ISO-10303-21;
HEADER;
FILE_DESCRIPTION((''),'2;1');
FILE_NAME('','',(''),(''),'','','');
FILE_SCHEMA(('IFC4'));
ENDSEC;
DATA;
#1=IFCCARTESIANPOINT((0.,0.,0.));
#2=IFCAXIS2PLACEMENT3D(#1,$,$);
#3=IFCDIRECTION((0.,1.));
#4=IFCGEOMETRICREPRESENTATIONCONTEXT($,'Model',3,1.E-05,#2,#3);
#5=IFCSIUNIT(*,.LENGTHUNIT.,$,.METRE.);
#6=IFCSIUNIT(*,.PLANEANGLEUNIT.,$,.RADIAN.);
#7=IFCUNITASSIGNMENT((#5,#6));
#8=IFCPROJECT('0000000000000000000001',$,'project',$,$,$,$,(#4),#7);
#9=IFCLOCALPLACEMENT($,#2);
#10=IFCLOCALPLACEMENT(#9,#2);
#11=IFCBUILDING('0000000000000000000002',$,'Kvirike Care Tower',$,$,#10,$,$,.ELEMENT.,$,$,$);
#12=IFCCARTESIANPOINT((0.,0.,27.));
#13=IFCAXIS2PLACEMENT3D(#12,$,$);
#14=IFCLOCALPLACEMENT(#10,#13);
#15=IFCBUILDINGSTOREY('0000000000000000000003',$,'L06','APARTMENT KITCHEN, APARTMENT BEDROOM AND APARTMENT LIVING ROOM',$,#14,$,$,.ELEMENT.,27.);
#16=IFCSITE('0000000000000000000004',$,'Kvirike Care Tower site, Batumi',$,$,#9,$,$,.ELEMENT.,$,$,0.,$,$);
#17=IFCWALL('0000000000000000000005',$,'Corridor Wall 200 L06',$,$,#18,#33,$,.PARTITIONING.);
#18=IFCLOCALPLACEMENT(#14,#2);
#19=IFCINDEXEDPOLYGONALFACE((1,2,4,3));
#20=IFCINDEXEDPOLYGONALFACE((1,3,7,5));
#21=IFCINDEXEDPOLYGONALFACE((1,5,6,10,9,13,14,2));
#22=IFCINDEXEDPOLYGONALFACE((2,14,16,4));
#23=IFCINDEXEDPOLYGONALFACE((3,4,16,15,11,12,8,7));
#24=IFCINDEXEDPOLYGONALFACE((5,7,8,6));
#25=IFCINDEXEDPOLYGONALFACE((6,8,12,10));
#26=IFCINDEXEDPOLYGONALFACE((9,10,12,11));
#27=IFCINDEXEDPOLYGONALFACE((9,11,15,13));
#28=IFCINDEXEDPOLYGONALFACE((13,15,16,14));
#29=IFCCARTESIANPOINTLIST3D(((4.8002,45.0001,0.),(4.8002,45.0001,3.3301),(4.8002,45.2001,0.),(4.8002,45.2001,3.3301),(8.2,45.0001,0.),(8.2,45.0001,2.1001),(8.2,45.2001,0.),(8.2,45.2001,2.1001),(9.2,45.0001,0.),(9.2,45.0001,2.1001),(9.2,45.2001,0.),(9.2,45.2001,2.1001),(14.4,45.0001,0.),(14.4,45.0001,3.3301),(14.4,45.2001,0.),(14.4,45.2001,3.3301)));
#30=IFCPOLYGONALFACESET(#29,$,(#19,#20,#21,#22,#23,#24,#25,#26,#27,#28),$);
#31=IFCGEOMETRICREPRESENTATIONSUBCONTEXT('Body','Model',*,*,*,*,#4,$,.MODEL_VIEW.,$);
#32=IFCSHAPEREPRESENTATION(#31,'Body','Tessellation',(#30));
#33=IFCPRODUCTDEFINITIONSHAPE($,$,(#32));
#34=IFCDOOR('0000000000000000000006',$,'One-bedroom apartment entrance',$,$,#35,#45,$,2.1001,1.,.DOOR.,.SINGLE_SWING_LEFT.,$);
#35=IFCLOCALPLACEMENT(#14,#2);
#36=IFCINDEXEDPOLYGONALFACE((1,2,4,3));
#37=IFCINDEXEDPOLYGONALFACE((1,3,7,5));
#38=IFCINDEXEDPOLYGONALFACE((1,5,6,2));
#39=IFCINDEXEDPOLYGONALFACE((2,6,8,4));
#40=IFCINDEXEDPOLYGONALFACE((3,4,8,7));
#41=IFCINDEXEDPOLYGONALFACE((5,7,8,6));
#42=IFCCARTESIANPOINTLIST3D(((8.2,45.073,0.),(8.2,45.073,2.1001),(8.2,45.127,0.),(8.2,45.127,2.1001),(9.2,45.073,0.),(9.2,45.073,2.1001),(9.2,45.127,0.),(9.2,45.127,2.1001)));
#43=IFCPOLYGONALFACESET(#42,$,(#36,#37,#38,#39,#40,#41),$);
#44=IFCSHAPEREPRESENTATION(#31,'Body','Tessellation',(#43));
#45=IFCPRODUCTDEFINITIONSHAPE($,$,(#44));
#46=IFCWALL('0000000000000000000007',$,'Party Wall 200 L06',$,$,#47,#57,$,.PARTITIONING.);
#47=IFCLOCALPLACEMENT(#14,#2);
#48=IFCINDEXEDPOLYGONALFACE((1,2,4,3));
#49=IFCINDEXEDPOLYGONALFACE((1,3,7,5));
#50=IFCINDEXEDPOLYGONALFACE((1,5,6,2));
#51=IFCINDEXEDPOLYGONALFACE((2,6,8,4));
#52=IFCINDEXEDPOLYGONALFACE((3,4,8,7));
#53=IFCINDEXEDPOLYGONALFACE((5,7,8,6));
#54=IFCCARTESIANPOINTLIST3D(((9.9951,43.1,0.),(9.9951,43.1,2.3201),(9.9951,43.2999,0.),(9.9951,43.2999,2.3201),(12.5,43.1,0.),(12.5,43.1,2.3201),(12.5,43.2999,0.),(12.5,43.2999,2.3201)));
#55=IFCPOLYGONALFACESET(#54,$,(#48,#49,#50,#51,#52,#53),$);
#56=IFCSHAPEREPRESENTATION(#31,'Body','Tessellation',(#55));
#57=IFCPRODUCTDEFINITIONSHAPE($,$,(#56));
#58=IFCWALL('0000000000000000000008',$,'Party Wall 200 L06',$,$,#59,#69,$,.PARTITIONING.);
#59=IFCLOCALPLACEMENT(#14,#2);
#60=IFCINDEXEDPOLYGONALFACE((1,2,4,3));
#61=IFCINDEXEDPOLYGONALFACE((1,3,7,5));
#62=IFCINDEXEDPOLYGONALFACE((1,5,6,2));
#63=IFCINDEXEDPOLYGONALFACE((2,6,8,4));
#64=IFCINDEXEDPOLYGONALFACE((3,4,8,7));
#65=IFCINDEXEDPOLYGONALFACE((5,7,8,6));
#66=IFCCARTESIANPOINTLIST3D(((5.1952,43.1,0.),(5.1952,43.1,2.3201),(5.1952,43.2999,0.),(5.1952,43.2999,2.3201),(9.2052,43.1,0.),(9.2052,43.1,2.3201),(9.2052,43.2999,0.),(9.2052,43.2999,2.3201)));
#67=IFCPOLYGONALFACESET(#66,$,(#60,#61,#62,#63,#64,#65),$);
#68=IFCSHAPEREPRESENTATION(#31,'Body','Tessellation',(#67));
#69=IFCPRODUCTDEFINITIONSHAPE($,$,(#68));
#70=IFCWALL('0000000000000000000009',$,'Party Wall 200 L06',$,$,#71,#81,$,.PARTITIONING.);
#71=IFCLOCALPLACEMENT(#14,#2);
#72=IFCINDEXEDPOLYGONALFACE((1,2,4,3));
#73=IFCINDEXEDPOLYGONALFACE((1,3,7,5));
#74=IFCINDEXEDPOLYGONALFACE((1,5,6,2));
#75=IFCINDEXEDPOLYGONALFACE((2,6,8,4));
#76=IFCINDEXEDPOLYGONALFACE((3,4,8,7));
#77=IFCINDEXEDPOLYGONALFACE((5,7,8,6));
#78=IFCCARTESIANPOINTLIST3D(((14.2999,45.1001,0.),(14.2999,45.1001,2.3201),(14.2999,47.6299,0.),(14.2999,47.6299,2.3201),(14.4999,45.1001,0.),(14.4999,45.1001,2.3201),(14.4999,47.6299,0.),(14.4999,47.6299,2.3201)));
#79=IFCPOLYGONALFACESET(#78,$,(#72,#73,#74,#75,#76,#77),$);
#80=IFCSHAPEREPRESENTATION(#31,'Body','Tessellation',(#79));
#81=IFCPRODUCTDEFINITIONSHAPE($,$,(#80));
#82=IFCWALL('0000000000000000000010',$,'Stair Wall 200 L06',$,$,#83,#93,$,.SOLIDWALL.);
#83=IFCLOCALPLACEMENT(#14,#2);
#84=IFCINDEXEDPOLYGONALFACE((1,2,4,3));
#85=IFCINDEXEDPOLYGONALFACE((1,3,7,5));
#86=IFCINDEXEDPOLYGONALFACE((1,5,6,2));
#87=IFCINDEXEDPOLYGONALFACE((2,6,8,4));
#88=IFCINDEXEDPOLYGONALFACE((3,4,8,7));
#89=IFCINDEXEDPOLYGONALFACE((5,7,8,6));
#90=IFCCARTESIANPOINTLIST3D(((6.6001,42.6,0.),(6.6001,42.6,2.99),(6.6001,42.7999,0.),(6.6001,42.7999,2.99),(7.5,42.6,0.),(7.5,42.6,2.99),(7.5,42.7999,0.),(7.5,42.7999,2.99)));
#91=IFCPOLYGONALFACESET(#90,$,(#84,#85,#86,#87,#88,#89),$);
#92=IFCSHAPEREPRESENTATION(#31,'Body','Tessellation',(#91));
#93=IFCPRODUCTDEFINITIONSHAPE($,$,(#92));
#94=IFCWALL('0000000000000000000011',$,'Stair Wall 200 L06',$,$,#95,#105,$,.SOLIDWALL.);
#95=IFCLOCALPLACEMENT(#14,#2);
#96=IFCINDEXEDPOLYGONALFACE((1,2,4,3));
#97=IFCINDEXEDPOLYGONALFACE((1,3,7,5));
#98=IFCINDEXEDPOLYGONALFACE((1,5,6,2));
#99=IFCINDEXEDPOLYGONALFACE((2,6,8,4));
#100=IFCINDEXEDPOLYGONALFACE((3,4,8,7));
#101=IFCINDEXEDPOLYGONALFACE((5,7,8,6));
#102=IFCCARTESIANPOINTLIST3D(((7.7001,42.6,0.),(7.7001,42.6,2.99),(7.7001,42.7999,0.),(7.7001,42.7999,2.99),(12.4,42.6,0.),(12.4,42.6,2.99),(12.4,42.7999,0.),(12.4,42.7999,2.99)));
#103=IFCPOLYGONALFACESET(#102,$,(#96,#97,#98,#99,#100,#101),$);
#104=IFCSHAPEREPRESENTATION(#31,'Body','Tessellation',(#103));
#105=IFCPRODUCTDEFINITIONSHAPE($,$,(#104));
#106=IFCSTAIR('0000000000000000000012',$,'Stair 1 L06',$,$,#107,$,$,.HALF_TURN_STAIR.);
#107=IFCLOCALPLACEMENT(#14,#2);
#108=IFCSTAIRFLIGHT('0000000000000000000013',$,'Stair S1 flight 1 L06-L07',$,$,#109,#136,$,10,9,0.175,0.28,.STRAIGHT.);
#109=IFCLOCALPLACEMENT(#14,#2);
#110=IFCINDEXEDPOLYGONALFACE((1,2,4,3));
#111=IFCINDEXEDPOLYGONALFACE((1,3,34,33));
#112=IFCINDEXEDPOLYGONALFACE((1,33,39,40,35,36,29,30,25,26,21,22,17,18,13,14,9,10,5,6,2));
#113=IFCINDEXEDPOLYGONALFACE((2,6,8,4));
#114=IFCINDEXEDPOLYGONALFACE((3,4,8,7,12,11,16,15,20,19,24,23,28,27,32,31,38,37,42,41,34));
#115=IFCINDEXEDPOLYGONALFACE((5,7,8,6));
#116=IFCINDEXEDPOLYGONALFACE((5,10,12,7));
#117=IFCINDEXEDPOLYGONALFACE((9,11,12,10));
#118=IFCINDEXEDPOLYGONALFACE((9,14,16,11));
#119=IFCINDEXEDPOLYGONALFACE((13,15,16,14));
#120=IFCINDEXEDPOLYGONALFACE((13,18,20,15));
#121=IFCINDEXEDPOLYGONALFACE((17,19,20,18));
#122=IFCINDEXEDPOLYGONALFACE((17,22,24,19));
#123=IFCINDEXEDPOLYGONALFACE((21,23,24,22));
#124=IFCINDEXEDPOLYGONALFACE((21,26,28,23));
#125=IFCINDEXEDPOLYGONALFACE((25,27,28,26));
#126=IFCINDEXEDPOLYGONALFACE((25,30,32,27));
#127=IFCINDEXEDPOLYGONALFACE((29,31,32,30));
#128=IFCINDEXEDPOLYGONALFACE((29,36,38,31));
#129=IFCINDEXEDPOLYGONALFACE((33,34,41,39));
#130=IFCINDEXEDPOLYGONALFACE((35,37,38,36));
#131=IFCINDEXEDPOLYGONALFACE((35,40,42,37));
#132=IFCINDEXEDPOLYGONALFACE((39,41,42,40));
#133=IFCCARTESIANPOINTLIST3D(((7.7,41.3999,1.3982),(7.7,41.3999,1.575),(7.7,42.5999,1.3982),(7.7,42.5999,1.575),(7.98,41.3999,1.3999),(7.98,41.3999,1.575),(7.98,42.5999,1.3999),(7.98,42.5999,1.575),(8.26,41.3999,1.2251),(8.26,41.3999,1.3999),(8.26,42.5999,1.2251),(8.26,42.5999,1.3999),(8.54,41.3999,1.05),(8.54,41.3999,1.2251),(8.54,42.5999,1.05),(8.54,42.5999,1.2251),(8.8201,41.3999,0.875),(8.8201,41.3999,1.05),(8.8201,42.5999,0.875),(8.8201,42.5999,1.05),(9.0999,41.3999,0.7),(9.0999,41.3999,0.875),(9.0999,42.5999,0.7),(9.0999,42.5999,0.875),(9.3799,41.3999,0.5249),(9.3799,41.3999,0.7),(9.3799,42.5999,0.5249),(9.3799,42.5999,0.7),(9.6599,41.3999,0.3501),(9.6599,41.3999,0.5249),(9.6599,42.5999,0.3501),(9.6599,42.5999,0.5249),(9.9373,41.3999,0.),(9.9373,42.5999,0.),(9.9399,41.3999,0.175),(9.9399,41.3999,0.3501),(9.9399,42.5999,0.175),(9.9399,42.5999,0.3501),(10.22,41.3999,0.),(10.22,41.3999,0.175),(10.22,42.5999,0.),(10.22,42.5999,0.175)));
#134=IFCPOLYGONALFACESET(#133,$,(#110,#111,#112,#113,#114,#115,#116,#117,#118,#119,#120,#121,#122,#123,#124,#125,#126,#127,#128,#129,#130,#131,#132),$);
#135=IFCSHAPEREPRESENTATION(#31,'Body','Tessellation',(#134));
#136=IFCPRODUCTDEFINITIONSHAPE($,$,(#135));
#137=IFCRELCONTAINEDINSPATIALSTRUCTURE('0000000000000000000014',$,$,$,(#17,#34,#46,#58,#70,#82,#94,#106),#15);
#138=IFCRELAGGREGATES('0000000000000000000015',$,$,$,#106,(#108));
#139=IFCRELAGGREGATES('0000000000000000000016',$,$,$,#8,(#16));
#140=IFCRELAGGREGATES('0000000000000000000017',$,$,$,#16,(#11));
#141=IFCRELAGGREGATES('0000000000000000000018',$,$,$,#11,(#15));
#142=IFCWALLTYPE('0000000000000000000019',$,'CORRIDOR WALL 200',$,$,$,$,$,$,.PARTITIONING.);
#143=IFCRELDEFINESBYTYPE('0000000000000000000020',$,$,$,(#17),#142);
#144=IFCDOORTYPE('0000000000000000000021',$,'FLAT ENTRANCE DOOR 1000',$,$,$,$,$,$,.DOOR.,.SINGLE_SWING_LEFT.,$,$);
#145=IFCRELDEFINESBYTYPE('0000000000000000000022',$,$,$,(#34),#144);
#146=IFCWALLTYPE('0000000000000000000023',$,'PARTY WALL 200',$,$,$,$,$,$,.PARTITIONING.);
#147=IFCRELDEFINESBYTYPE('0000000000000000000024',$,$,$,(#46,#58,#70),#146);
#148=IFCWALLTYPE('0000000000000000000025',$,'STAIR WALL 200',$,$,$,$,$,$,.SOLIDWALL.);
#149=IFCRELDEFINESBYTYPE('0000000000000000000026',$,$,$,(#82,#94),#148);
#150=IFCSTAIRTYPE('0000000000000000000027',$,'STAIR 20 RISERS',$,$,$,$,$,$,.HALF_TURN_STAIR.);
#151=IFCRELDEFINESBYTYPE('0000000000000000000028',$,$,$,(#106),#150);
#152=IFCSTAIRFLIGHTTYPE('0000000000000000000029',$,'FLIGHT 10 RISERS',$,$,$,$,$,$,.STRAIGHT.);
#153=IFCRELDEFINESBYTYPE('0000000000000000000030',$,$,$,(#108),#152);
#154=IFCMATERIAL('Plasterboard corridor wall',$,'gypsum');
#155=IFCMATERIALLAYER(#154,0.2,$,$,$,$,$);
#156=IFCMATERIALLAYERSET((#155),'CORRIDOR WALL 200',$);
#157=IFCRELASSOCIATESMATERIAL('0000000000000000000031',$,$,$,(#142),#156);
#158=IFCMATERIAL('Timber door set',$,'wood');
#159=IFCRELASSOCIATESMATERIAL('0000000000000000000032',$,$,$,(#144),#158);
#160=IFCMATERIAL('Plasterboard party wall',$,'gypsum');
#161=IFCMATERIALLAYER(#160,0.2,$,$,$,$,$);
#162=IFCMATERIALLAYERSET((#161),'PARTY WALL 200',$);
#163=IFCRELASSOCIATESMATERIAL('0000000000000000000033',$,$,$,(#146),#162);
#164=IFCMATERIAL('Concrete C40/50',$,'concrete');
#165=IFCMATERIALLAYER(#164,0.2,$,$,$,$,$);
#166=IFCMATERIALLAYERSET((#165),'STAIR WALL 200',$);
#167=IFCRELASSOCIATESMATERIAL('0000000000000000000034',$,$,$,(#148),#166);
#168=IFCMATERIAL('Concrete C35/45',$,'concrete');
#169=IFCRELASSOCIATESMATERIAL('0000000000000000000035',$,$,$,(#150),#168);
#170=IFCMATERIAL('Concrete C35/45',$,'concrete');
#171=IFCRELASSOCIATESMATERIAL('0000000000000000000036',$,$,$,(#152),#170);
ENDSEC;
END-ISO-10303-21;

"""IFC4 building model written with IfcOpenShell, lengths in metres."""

from ifc_helpers import new_model, si_unit, direction, frame, frame_2d, origin, place, context, subcontext, project, spatial, polyline, rectangle, outline, extrude, material, layer, layer_set, type_object, element, fill, aggregate, save


model = new_model("IFC4")

# Units and contexts
model_context = context("Model", 3, precision=1e-05, world=origin(), true_north=direction((0.0, 1.0)))
body_context = subcontext(model_context, "Body", "Model", "MODEL_VIEW")
ifc_project = project(units=[si_unit("LENGTHUNIT", "METRE"), si_unit("PLANEANGLEUNIT", "RADIAN")], contexts=[model_context])

# Site, building, storey
site_placement = place(None, origin())
site = spatial("IfcSite", under=ifc_project, at=site_placement, Name="Kvirike Care Tower site, Batumi", CompositionType="ELEMENT", RefElevation=0.0)
building_placement = place(site_placement, origin())
building = spatial("IfcBuilding", under=site, at=building_placement, Name="Kvirike Care Tower", CompositionType="ELEMENT")
storey_placement = place(building_placement, frame((0.0, 0.0, 27.0)))
storey = spatial("IfcBuildingStorey", under=building, at=storey_placement, Name="L06", Description="APARTMENT KITCHEN, APARTMENT BEDROOM AND APARTMENT LIVING ROOM", CompositionType="ELEMENT", Elevation=27.0)

# Shared definitions
ifc_material_1 = material(Name="Plasterboard corridor wall", Category="gypsum")
ifc_layer_1 = layer(ifc_material_1, 0.2)
ifc_layer_set_1 = layer_set([ifc_layer_1], Name="CORRIDOR WALL 200")
wall_type_1 = type_object("IfcWallType", Name="CORRIDOR WALL 200", PredefinedType="PARTITIONING", material=ifc_layer_set_1)
ifc_material_2 = material(Name="Timber door set", Category="wood")
door_type_1 = type_object("IfcDoorType", Name="FLAT ENTRANCE DOOR 1000", OperationType="SINGLE_SWING_LEFT", PredefinedType="DOOR", material=ifc_material_2)

# Wall, opening, door
wall_1_placement = place(storey_placement, frame((14.3999, 45.1001, 0.0), z_axis=(0.0, 0.0, 1.0), x_axis=(-1.0, 0.0, 0.0)))
wall_1 = element("IfcWall", 1, at=wall_1_placement, inside=storey, type_object=wall_type_1, Name="Corridor Wall 200 L06", PredefinedType="PARTITIONING", context=body_context, shape_type="SweptSolid", body=[
    extrude(rectangle(XDim=9.5999, YDim=0.2, at=frame_2d((4.7998, 0.0))), origin(), (0.0, 0.0, 1.0), 3.3301),
])
opening_1_placement = place(wall_1_placement, frame((5.2, 0.0, 0.0)))
opening_1 = element("IfcOpeningElement", 2, at=opening_1_placement, cuts=wall_1, PredefinedType="OPENING", context=body_context, shape_type="SweptSolid", body=[
    extrude(rectangle(XDim=1.0, YDim=2.1001, at=frame_2d((0.5, 1.05))), frame((0.0, 0.1106, 0.0), z_axis=(0.0, -1.0, 0.0), x_axis=(1.0, 0.0, 0.0)), (0.0, 0.0, 1.0), 0.2209),
])
door_1_placement = place(opening_1_placement, frame((1.0, 0.0, 0.0), z_axis=(0.0, 0.0, 1.0), x_axis=(-1.0, 0.0, 0.0)))
door_1 = element("IfcDoor", 3, at=door_1_placement, inside=storey, type_object=door_type_1, Name="One-bedroom apartment entrance", OperationType="SINGLE_SWING_LEFT", OverallHeight=2.1001, OverallWidth=1.0, PredefinedType="DOOR", context=body_context, shape_type="SweptSolid", body=[
    extrude(rectangle(XDim=1.0, YDim=2.1001, at=frame_2d((0.5, 1.05))), frame((0.0, 0.0269, 0.0), z_axis=(0.0, -1.0, 0.0), x_axis=(1.0, 0.0, 0.0)), (0.0, 0.0, 1.0), 0.054),
])
fill(opening_1, door_1)

# Walls
ifc_material_3 = material(Name="Plasterboard party wall", Category="gypsum")
ifc_layer_2 = layer(ifc_material_3, 0.2)
ifc_layer_set_2 = layer_set([ifc_layer_2], Name="PARTY WALL 200")
wall_type_2 = type_object("IfcWallType", Name="PARTY WALL 200", PredefinedType="PARTITIONING", material=ifc_layer_set_2)
wall_2_placement = place(storey_placement, frame((12.5, 43.2, 0.0), z_axis=(0.0, 0.0, 1.0), x_axis=(-1.0, 0.0, 0.0)))
element("IfcWall", 4, at=wall_2_placement, inside=storey, type_object=wall_type_2, Name="Party Wall 200 L06", PredefinedType="PARTITIONING", context=body_context, shape_type="SweptSolid", body=[
    extrude(rectangle(XDim=2.5049, YDim=0.2, at=frame_2d((1.2524, 0.0))), origin(), (0.0, 0.0, 1.0), 2.3201),
])
wall_3_placement = place(storey_placement, frame((9.2051, 43.2, 0.0), z_axis=(0.0, 0.0, 1.0), x_axis=(-1.0, 0.0, 0.0)))
element("IfcWall", 5, at=wall_3_placement, inside=storey, type_object=wall_type_2, Name="Party Wall 200 L06", PredefinedType="PARTITIONING", context=body_context, shape_type="SweptSolid", body=[
    extrude(rectangle(XDim=4.01, YDim=0.2, at=frame_2d((2.0049, 0.0))), origin(), (0.0, 0.0, 1.0), 2.3201),
])
wall_4_placement = place(storey_placement, frame((14.3999, 45.1001, 0.0), z_axis=(0.0, 0.0, 1.0), x_axis=(0.0, 1.0, 0.0)))
element("IfcWall", 6, at=wall_4_placement, inside=storey, type_object=wall_type_2, Name="Party Wall 200 L06", PredefinedType="PARTITIONING", context=body_context, shape_type="SweptSolid", body=[
    extrude(rectangle(XDim=2.5298, YDim=0.2, at=frame_2d((1.2649, 0.0))), origin(), (0.0, 0.0, 1.0), 2.3201),
])
ifc_material_4 = material(Name="Concrete C40/50", Category="concrete")
ifc_layer_3 = layer(ifc_material_4, 0.2)
ifc_layer_set_3 = layer_set([ifc_layer_3], Name="STAIR WALL 200")
wall_type_3 = type_object("IfcWallType", Name="STAIR WALL 200", PredefinedType="SOLIDWALL", material=ifc_layer_set_3)
wall_5_placement = place(storey_placement, frame((6.6001, 42.7, 0.0), z_axis=(0.0, 0.0, 1.0), x_axis=(1.0, 0.0, 0.0)))
element("IfcWall", 7, at=wall_5_placement, inside=storey, type_object=wall_type_3, Name="Stair Wall 200 L06", PredefinedType="SOLIDWALL", context=body_context, shape_type="SweptSolid", body=[
    extrude(rectangle(XDim=0.8999, YDim=0.2, at=frame_2d((0.45, 0.0))), origin(), (0.0, 0.0, 1.0), 2.99),
])
wall_6_placement = place(storey_placement, frame((7.7, 42.7, 0.0), z_axis=(0.0, 0.0, 1.0), x_axis=(1.0, 0.0, 0.0)))
element("IfcWall", 8, at=wall_6_placement, inside=storey, type_object=wall_type_3, Name="Stair Wall 200 L06", PredefinedType="SOLIDWALL", context=body_context, shape_type="SweptSolid", body=[
    extrude(rectangle(XDim=4.7, YDim=0.2, at=frame_2d((2.3501, 0.0))), origin(), (0.0, 0.0, 1.0), 2.99),
])

# Stair, stair flight
ifc_material_5 = material(Name="Concrete C35/45", Category="concrete")
stair_type = type_object("IfcStairType", Name="STAIR 20 RISERS", PredefinedType="HALF_TURN_STAIR", material=ifc_material_5)
stair_placement = place(storey_placement, origin())
stair = element("IfcStair", 9, at=stair_placement, inside=storey, type_object=stair_type, Name="Stair 1 L06", PredefinedType="HALF_TURN_STAIR")
ifc_material_6 = material(Name="Concrete C35/45", Category="concrete")
stair_flight_type = type_object("IfcStairFlightType", Name="FLIGHT 10 RISERS", PredefinedType="STRAIGHT", material=ifc_material_6)
stair_flight_placement = place(storey_placement, frame((10.22, 42.0, 0.0), z_axis=(0.0, 0.0, 1.0), x_axis=(-1.0, 0.0, 0.0)))
stair_flight = element("IfcStairFlight", 10, at=stair_flight_placement, type_object=stair_flight_type, Name="Stair S1 flight 1 L06-L07", NumberOfRisers=10, NumberOfTreads=9, PredefinedType="STRAIGHT", RiserHeight=0.175, TreadLength=0.28, context=body_context, shape_type="SweptSolid", body=[
    extrude(outline(polyline([(0.0, 0.0), (0.0, 0.175), (0.28, 0.175), (0.28, 0.3501), (0.5601, 0.3501), (0.5601, 0.5249), (0.8401, 0.5249), (0.8401, 0.7), (1.1201, 0.7), (1.1201, 0.875), (1.3999, 0.875), (1.3999, 1.05), (1.6799, 1.05), (1.6799, 1.2251), (1.96, 1.2251), (1.96, 1.3999), (2.24, 1.3999), (2.24, 1.575), (2.52, 1.575), (2.52, 1.75), (2.52, 1.3982), (0.2827, 0.0), (0.0, 0.0)])), frame((0.0, 0.6001, 0.0), z_axis=(0.0, -1.0, 0.0), x_axis=(1.0, 0.0, 0.0)), (0.0, 0.0, 1.0), 1.2),
])
aggregate(stair, [stair_flight])

save(model, "model.ifc")
